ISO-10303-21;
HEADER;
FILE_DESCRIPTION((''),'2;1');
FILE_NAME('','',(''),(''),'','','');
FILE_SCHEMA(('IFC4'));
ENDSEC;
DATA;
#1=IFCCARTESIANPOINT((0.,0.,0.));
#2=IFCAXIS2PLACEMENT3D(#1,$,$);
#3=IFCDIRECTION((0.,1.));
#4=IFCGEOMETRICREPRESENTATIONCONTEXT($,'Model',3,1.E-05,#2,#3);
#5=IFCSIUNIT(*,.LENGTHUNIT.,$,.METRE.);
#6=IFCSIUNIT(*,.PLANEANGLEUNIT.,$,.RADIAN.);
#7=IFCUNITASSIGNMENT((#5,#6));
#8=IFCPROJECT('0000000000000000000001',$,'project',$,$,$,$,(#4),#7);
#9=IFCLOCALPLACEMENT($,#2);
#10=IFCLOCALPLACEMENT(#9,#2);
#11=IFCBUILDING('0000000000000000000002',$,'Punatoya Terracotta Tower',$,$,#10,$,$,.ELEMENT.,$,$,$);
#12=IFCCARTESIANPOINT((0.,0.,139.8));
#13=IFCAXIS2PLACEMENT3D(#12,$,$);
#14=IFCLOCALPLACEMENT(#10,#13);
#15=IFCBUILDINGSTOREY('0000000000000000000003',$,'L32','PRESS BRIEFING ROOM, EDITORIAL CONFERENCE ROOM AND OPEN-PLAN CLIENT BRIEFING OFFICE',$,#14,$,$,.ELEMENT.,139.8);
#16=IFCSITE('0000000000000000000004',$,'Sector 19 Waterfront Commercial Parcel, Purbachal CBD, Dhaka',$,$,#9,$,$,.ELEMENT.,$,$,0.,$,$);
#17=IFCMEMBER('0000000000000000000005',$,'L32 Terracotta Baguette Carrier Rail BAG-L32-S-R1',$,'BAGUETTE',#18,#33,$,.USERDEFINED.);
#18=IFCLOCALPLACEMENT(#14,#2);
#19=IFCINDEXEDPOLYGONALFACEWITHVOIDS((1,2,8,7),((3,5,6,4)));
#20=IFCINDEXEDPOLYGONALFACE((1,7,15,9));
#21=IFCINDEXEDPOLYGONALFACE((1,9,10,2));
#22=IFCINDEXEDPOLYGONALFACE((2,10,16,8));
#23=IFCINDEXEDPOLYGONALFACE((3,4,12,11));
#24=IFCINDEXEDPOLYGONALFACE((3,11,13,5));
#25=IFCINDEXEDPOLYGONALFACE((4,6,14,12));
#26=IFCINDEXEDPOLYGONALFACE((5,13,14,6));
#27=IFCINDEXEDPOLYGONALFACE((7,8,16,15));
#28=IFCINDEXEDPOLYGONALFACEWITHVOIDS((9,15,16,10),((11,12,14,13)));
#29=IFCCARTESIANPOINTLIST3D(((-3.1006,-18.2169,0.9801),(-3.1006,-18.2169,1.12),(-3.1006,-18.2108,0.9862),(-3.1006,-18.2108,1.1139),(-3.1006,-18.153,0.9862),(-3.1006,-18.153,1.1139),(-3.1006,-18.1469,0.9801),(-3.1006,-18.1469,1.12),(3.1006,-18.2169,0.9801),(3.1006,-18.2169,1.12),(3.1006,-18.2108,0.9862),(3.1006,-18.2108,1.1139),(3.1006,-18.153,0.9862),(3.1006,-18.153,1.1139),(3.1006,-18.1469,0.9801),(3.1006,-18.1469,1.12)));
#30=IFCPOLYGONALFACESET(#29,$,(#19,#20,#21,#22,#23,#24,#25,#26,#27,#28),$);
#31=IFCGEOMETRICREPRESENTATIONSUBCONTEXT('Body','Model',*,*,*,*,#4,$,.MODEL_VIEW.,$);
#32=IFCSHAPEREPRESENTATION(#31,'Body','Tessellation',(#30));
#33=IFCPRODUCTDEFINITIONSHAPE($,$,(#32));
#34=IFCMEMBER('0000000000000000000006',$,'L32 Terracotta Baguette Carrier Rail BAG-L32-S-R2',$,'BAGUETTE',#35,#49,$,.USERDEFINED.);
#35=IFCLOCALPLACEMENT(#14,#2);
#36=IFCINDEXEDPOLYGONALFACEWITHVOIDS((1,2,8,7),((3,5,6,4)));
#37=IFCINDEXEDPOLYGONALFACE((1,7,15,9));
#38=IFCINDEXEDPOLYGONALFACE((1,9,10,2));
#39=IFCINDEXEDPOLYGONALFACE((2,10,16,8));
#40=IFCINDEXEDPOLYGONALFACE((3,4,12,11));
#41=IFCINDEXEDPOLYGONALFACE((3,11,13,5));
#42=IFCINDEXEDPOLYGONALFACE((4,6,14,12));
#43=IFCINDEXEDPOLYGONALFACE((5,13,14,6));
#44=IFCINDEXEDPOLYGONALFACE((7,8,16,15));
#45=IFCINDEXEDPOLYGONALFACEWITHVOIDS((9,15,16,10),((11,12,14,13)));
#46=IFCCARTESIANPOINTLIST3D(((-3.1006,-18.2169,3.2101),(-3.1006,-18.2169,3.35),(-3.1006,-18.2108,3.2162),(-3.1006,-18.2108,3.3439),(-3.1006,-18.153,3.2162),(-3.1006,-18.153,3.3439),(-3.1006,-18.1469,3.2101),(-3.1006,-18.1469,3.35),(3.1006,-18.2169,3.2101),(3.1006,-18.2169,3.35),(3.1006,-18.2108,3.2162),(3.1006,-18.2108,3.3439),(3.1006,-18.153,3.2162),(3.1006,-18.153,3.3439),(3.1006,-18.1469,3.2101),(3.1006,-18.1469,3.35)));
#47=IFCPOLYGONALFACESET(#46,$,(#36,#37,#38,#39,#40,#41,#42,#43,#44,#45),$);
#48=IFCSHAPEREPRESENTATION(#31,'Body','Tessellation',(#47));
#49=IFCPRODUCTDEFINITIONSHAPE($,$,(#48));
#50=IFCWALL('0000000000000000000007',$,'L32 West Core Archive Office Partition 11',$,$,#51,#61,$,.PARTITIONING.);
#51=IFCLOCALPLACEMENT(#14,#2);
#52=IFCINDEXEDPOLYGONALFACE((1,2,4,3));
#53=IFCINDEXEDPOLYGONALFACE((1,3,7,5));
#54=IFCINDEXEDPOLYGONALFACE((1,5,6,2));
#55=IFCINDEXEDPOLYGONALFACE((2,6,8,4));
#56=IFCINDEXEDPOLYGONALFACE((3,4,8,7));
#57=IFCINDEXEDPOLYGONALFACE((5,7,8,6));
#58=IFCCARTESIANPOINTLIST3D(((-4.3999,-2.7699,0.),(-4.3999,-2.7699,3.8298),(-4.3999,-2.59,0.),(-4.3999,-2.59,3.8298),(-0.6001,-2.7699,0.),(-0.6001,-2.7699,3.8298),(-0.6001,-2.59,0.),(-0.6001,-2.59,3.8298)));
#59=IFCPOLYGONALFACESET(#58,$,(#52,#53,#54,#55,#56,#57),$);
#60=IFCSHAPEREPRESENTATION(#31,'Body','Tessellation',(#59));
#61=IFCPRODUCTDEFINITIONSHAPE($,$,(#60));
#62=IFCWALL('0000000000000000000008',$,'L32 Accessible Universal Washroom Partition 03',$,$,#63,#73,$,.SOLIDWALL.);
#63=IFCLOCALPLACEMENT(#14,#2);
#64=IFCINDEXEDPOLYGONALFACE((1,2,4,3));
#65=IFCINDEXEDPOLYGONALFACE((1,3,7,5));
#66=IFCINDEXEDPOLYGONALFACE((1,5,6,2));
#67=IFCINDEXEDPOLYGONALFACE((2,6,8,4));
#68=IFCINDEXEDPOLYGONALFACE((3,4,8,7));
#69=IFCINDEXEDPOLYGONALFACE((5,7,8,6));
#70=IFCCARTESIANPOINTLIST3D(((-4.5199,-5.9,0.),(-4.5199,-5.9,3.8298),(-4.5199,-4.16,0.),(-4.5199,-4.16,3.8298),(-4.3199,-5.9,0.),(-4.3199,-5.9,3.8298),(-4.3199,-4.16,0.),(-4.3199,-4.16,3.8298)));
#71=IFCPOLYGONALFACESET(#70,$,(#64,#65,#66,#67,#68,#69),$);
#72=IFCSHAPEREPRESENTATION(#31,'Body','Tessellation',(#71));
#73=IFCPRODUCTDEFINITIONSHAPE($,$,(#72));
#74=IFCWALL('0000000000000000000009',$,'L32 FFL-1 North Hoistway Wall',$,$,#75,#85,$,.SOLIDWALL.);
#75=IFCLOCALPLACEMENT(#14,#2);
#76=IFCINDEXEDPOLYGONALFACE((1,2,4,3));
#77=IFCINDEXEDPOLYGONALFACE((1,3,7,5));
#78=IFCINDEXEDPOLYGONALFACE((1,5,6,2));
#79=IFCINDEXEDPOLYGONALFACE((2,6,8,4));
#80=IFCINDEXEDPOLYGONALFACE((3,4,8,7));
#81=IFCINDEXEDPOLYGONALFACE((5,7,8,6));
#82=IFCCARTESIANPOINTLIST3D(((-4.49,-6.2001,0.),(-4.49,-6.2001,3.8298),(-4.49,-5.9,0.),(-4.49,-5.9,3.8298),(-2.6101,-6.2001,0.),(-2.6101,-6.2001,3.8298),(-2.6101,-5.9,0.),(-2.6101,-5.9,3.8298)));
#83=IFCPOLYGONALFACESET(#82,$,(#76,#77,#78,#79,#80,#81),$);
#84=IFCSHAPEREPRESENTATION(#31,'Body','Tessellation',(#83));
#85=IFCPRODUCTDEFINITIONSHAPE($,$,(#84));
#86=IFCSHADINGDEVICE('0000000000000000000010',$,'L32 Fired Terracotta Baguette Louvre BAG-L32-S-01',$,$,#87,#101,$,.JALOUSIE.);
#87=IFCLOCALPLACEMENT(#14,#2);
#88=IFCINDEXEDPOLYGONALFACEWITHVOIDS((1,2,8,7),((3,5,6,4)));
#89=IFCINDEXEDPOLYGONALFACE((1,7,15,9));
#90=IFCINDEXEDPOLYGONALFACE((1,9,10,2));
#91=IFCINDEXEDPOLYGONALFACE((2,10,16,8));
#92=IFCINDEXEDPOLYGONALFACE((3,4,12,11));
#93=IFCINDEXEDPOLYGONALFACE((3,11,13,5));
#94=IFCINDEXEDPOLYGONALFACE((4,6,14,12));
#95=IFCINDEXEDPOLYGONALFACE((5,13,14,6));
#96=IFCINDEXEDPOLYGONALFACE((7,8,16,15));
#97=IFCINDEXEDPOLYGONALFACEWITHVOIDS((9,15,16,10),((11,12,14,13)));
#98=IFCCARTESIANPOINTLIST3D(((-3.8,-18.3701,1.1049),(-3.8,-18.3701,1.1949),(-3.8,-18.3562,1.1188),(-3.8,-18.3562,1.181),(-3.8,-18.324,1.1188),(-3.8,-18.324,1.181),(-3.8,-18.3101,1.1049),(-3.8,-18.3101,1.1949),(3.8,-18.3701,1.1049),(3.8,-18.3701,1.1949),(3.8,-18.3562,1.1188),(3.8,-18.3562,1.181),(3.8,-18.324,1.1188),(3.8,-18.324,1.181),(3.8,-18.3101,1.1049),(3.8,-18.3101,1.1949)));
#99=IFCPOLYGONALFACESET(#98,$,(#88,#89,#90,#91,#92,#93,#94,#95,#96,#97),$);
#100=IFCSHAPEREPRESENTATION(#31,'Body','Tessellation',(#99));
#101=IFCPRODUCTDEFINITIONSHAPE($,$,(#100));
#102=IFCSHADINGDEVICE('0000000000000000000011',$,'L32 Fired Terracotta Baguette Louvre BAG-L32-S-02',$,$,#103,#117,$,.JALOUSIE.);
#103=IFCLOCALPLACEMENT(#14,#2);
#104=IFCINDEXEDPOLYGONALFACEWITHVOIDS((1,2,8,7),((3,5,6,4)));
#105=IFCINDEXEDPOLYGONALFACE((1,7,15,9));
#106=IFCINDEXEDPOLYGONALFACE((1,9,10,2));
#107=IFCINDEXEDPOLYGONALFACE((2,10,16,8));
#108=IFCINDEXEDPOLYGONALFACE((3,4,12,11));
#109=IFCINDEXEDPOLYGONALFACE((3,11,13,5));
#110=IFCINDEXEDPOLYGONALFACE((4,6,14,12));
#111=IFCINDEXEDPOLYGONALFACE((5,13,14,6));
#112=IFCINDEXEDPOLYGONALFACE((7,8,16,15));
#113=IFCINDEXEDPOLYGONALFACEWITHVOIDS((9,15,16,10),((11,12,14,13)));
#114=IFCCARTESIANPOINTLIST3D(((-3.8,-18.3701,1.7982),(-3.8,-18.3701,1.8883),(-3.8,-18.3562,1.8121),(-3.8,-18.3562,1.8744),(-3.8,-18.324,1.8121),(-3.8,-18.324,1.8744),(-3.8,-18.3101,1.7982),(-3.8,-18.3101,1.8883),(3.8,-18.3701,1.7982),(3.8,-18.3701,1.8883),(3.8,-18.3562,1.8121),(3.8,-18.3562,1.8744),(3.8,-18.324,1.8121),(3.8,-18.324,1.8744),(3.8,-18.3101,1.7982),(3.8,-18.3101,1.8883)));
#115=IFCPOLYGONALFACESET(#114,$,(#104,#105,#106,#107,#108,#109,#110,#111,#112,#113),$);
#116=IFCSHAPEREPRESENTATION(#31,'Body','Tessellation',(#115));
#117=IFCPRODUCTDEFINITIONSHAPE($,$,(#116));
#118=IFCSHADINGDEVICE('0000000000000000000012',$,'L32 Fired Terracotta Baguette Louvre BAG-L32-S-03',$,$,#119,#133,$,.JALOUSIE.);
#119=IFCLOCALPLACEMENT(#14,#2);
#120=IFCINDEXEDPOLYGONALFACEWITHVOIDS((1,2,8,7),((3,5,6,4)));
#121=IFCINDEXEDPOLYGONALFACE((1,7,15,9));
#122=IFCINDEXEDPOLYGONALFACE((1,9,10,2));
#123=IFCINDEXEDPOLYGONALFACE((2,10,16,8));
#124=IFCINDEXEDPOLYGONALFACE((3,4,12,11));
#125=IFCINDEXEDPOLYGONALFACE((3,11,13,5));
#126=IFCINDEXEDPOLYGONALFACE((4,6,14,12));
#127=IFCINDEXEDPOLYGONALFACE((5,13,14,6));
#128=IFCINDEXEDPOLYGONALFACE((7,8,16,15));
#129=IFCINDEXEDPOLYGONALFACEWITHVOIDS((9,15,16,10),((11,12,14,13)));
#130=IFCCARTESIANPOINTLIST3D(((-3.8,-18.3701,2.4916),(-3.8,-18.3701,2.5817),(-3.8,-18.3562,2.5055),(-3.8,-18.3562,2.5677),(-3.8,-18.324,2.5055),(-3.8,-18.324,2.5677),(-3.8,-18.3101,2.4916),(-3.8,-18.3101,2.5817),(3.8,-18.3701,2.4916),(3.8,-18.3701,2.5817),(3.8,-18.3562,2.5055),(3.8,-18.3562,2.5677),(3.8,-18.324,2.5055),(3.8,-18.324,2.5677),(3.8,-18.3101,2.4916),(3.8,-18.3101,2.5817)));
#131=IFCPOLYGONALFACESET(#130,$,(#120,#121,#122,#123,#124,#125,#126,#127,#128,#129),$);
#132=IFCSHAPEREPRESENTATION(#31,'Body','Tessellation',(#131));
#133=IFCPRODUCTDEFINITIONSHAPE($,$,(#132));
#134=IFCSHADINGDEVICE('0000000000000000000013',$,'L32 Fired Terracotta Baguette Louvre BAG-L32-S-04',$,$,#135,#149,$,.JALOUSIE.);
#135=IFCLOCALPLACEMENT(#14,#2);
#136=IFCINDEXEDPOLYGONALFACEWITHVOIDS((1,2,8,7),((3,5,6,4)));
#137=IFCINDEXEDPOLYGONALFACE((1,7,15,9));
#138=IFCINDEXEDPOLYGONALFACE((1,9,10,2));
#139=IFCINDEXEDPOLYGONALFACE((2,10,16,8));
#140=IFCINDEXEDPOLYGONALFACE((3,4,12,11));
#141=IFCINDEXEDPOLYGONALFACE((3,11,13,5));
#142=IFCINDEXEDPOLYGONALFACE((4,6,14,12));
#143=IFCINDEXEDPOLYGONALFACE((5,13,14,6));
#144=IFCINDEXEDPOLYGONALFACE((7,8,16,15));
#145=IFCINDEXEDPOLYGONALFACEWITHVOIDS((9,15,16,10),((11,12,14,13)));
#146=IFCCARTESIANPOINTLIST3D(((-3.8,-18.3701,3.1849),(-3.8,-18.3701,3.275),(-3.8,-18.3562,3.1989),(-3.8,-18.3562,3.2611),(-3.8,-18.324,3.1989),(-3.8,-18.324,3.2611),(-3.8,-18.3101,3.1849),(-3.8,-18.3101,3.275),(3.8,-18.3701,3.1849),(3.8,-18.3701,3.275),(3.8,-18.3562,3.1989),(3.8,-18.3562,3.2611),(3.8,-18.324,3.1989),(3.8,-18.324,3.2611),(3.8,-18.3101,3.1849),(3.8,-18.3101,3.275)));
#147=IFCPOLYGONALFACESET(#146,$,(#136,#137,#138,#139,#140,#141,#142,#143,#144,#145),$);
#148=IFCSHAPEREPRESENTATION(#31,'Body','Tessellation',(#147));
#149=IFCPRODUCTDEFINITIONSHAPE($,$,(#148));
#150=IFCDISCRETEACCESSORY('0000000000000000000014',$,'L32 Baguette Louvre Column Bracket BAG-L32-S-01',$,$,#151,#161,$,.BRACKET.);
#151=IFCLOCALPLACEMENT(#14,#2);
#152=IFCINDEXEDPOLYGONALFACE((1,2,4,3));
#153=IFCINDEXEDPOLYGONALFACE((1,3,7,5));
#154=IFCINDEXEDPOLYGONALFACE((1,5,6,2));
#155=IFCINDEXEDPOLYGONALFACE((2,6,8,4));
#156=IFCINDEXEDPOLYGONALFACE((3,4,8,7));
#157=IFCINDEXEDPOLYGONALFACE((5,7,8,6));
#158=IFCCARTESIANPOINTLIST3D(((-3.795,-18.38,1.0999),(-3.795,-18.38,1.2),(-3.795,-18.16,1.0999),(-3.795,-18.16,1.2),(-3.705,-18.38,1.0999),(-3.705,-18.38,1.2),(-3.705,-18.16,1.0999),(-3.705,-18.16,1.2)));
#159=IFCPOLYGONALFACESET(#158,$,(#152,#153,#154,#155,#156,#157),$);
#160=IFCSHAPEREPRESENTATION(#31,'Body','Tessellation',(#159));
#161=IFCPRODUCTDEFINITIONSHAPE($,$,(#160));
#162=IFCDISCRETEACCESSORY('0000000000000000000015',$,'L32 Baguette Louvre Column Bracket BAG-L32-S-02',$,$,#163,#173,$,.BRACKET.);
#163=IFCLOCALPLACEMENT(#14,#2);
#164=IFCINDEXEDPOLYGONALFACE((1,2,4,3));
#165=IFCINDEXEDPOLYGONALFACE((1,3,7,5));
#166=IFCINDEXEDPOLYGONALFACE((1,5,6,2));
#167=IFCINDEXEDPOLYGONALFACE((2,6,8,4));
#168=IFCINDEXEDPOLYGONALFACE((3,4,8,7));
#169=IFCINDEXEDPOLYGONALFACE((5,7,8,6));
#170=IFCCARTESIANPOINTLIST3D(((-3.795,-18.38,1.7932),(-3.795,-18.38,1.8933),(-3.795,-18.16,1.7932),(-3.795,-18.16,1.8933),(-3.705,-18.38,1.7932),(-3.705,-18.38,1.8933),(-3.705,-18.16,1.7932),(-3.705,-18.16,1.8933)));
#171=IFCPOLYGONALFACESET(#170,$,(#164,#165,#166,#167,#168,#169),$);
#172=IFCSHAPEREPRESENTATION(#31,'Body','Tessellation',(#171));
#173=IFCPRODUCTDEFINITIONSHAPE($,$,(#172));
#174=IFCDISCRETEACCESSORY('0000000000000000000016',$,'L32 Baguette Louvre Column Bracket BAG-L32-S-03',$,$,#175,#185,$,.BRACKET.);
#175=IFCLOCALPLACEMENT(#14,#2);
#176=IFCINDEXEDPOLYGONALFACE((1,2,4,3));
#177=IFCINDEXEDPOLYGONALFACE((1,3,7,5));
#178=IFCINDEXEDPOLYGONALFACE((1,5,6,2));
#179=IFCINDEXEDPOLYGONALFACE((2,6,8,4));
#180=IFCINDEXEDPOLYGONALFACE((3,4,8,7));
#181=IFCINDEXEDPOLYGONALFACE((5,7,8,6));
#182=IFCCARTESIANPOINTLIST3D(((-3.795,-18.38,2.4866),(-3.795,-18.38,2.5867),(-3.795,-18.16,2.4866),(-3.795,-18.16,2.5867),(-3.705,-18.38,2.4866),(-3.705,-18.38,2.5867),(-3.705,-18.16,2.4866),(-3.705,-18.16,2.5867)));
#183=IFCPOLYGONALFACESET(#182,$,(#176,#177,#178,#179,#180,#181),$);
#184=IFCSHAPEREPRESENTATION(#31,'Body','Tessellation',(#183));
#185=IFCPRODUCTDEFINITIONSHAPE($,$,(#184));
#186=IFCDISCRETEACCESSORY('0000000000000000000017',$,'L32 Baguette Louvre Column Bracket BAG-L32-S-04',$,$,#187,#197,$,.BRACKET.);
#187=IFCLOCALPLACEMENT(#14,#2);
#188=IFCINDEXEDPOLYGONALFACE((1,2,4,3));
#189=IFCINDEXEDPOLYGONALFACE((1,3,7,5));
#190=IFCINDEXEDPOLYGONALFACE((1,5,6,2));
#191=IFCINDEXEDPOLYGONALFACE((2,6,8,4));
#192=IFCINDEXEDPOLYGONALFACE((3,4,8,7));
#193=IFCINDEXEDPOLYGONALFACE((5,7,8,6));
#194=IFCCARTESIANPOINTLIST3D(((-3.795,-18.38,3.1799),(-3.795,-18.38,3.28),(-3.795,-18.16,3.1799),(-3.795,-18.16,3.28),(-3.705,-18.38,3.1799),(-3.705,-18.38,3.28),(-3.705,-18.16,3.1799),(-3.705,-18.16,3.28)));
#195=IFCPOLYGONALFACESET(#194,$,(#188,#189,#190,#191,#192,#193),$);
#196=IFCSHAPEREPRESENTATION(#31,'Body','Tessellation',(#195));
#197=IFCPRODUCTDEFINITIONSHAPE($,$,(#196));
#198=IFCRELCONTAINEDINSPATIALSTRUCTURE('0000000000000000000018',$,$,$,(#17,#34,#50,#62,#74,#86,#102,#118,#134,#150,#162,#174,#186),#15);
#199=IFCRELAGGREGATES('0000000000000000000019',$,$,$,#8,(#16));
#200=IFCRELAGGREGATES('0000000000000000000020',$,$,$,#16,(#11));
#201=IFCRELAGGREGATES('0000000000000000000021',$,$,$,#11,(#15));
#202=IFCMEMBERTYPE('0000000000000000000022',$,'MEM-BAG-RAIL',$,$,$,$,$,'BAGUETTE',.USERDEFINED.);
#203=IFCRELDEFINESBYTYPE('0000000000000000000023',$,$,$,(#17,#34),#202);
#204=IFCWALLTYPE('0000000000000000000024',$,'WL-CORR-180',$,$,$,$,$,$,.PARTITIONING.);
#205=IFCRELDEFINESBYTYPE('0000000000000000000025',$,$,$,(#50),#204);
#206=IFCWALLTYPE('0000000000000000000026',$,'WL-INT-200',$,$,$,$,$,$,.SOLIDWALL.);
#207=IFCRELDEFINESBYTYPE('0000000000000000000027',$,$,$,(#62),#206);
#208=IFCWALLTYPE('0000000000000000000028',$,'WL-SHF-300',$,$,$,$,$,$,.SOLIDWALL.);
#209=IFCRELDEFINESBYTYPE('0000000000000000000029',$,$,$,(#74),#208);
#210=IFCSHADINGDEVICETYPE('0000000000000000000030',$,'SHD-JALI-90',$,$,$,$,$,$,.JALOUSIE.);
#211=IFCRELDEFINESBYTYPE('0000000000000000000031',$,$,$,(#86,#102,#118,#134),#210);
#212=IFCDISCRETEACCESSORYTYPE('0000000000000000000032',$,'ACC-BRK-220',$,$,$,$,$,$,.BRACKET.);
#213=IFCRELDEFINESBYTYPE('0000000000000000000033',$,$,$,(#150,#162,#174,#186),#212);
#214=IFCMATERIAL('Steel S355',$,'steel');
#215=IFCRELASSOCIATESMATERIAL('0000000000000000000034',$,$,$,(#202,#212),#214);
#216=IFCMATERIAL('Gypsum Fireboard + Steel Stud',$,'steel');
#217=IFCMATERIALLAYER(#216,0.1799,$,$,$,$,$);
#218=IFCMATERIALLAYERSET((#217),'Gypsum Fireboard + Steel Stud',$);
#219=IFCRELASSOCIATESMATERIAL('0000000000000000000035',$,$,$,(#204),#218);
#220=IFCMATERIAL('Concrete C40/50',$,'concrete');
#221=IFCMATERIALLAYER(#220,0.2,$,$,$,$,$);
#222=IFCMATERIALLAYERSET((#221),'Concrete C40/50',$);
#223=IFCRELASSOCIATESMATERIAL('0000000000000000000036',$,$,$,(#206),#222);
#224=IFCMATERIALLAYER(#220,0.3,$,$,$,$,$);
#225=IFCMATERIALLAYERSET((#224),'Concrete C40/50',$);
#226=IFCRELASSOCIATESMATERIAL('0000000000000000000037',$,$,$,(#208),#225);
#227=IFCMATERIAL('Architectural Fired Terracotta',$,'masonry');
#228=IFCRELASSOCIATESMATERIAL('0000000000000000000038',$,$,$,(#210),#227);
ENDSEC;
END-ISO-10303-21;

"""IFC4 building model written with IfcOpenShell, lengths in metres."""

from ifc_helpers import new_model, si_unit, direction, frame, frame_2d, origin, origin_2d, place, context, subcontext, project, spatial, rectangle, hollow_rectangle, extrude, material, layer, layer_set, material_profile, profile_set, type_object, element, save


model = new_model("IFC4")

# Units and contexts
model_context = context("Model", 3, precision=1e-05, world=origin(), true_north=direction((0.0, 1.0)))
body_context = subcontext(model_context, "Body", "Model", "MODEL_VIEW")
ifc_project = project(units=[si_unit("LENGTHUNIT", "METRE"), si_unit("PLANEANGLEUNIT", "RADIAN")], contexts=[model_context])

# Site, building, storey
site_placement = place(None, origin())
site = spatial("IfcSite", under=ifc_project, at=site_placement, Name="Sector 19 Waterfront Commercial Parcel, Purbachal CBD, Dhaka", CompositionType="ELEMENT", RefElevation=0.0)
building_placement = place(site_placement, origin())
building = spatial("IfcBuilding", under=site, at=building_placement, Name="Punatoya Terracotta Tower", CompositionType="ELEMENT")
storey_placement = place(building_placement, frame((0.0, 0.0, 139.8)))
storey = spatial("IfcBuildingStorey", under=building, at=storey_placement, Name="L32", Description="PRESS BRIEFING ROOM, EDITORIAL CONFERENCE ROOM AND OPEN-PLAN CLIENT BRIEFING OFFICE", CompositionType="ELEMENT", Elevation=139.8)

# Members
ifc_material_1 = material(Name="Steel S355", Category="steel")
ifc_material_profile_1 = material_profile(ifc_material_1, hollow_rectangle(XDim=0.0701, YDim=0.1399, WallThickness=0.0061, at=origin_2d()))
ifc_profile_set_1 = profile_set([ifc_material_profile_1], Name="Steel S355")
member_type_1 = type_object("IfcMemberType", Name="MEM-BAG-RAIL", ElementType="BAGUETTE", PredefinedType="USERDEFINED", material=ifc_profile_set_1)
for number, where, z_axis, x_axis, name in (
    (1, (-3.1006, -18.1819, 1.05), (1.0, 0.0, 0.0), (0.0, 1.0, 0.0), "L32 Terracotta Baguette Carrier Rail BAG-L32-S-R1"),
    (2, (-3.1006, -18.1819, 3.28), (1.0, 0.0, 0.0), (0.0, 1.0, 0.0), "L32 Terracotta Baguette Carrier Rail BAG-L32-S-R2"),
):
    element("IfcMember", number, at=place(storey_placement, frame(where, z_axis=z_axis, x_axis=x_axis)), inside=storey, type_object=member_type_1, Name=name, ObjectType="BAGUETTE", PredefinedType="USERDEFINED", context=body_context, shape_type="SweptSolid", body=[
        extrude(hollow_rectangle(XDim=0.0701, YDim=0.1399, WallThickness=0.0061, at=origin_2d()), origin(), (0.0, 0.0, 1.0), 6.2012),
    ])

# Walls
ifc_material_2 = material(Name="Gypsum Fireboard + Steel Stud", Category="steel")
ifc_layer_1 = layer(ifc_material_2, 0.1799)
ifc_layer_set_1 = layer_set([ifc_layer_1], Name="Gypsum Fireboard + Steel Stud")
wall_type_1 = type_object("IfcWallType", Name="WL-CORR-180", PredefinedType="PARTITIONING", material=ifc_layer_set_1)
wall_1_placement = place(storey_placement, frame((-4.3999, -2.6799, 0.0), z_axis=(0.0, 0.0, 1.0), x_axis=(1.0, 0.0, 0.0)))
element("IfcWall", 3, at=wall_1_placement, inside=storey, type_object=wall_type_1, Name="L32 West Core Archive Office Partition 11", PredefinedType="PARTITIONING", context=body_context, shape_type="SweptSolid", body=[
    extrude(rectangle(XDim=3.7998, YDim=0.1799, at=frame_2d((1.8999, 0.0))), origin(), (0.0, 0.0, 1.0), 3.8298),
])
ifc_material_3 = material(Name="Concrete C40/50", Category="concrete")
ifc_layer_2 = layer(ifc_material_3, 0.2)
ifc_layer_set_2 = layer_set([ifc_layer_2], Name="Concrete C40/50")
wall_type_2 = type_object("IfcWallType", Name="WL-INT-200", PredefinedType="SOLIDWALL", material=ifc_layer_set_2)
wall_2_placement = place(storey_placement, frame((-4.4199, -4.1599, 0.0), z_axis=(0.0, 0.0, 1.0), x_axis=(0.0, -1.0, 0.0)))
element("IfcWall", 4, at=wall_2_placement, inside=storey, type_object=wall_type_2, Name="L32 Accessible Universal Washroom Partition 03", PredefinedType="SOLIDWALL", context=body_context, shape_type="SweptSolid", body=[
    extrude(rectangle(XDim=1.74, YDim=0.2, at=frame_2d((0.8701, 0.0))), origin(), (0.0, 0.0, 1.0), 3.8298),
])
ifc_layer_3 = layer(ifc_material_3, 0.3)
ifc_layer_set_3 = layer_set([ifc_layer_3], Name="Concrete C40/50")
wall_type_3 = type_object("IfcWallType", Name="WL-SHF-300", PredefinedType="SOLIDWALL", material=ifc_layer_set_3)
wall_3_placement = place(storey_placement, frame((-4.49, -6.05, 0.0), z_axis=(0.0, 0.0, 1.0), x_axis=(1.0, 0.0, 0.0)))
element("IfcWall", 5, at=wall_3_placement, inside=storey, type_object=wall_type_3, Name="L32 FFL-1 North Hoistway Wall", PredefinedType="SOLIDWALL", context=body_context, shape_type="SweptSolid", body=[
    extrude(rectangle(XDim=1.8799, YDim=0.3, at=frame_2d((0.9399, 0.0))), origin(), (0.0, 0.0, 1.0), 3.8298),
])

# Shading devices
ifc_material_4 = material(Name="Architectural Fired Terracotta", Category="masonry")
ifc_material_profile_2 = material_profile(ifc_material_4, hollow_rectangle(XDim=0.0601, YDim=0.0901, WallThickness=0.0139, at=origin_2d()))
ifc_profile_set_2 = profile_set([ifc_material_profile_2], Name="Architectural Fired Terracotta")
shading_device_type = type_object("IfcShadingDeviceType", Name="SHD-JALI-90", PredefinedType="JALOUSIE", material=ifc_profile_set_2)
for number, where, z_axis, x_axis, name in (
    (6, (-3.8, -18.3401, 1.1499), (1.0, 0.0, 0.0), (0.0, 1.0, 0.0), "L32 Fired Terracotta Baguette Louvre BAG-L32-S-01"),
    (7, (-3.8, -18.3401, 1.8433), (1.0, 0.0, 0.0), (0.0, 1.0, 0.0), "L32 Fired Terracotta Baguette Louvre BAG-L32-S-02"),
    (8, (-3.8, -18.3401, 2.5366), (1.0, 0.0, 0.0), (0.0, 1.0, 0.0), "L32 Fired Terracotta Baguette Louvre BAG-L32-S-03"),
    (9, (-3.8, -18.3401, 3.23), (1.0, 0.0, 0.0), (0.0, 1.0, 0.0), "L32 Fired Terracotta Baguette Louvre BAG-L32-S-04"),
):
    element("IfcShadingDevice", number, at=place(storey_placement, frame(where, z_axis=z_axis, x_axis=x_axis)), inside=storey, type_object=shading_device_type, Name=name, PredefinedType="JALOUSIE", context=body_context, shape_type="SweptSolid", body=[
        extrude(hollow_rectangle(XDim=0.0601, YDim=0.0901, WallThickness=0.0139, at=origin_2d()), origin(), (0.0, 0.0, 1.0), 7.6001),
    ])

# Discrete accessories
discrete_accessory_type = type_object("IfcDiscreteAccessoryType", Name="ACC-BRK-220", PredefinedType="BRACKET", material=ifc_material_1)
for number, where, z_axis, x_axis, name in (
    (10, (-3.75, -18.27, 1.0999), (0.0, 0.0, 1.0), (1.0, 0.0, 0.0), "L32 Baguette Louvre Column Bracket BAG-L32-S-01"),
    (11, (-3.75, -18.27, 1.7932), (0.0, 0.0, 1.0), (1.0, 0.0, 0.0), "L32 Baguette Louvre Column Bracket BAG-L32-S-02"),
    (12, (-3.75, -18.27, 2.4866), (0.0, 0.0, 1.0), (1.0, 0.0, 0.0), "L32 Baguette Louvre Column Bracket BAG-L32-S-03"),
    (13, (-3.75, -18.27, 3.1799), (0.0, 0.0, 1.0), (1.0, 0.0, 0.0), "L32 Baguette Louvre Column Bracket BAG-L32-S-04"),
):
    element("IfcDiscreteAccessory", number, at=place(storey_placement, frame(where, z_axis=z_axis, x_axis=x_axis)), inside=storey, type_object=discrete_accessory_type, Name=name, PredefinedType="BRACKET", context=body_context, shape_type="SweptSolid", body=[
        extrude(rectangle(XDim=0.0901, YDim=0.22, at=origin_2d()), origin(), (0.0, 0.0, 1.0), 0.1001),
    ])

save(model, "model.ifc")
